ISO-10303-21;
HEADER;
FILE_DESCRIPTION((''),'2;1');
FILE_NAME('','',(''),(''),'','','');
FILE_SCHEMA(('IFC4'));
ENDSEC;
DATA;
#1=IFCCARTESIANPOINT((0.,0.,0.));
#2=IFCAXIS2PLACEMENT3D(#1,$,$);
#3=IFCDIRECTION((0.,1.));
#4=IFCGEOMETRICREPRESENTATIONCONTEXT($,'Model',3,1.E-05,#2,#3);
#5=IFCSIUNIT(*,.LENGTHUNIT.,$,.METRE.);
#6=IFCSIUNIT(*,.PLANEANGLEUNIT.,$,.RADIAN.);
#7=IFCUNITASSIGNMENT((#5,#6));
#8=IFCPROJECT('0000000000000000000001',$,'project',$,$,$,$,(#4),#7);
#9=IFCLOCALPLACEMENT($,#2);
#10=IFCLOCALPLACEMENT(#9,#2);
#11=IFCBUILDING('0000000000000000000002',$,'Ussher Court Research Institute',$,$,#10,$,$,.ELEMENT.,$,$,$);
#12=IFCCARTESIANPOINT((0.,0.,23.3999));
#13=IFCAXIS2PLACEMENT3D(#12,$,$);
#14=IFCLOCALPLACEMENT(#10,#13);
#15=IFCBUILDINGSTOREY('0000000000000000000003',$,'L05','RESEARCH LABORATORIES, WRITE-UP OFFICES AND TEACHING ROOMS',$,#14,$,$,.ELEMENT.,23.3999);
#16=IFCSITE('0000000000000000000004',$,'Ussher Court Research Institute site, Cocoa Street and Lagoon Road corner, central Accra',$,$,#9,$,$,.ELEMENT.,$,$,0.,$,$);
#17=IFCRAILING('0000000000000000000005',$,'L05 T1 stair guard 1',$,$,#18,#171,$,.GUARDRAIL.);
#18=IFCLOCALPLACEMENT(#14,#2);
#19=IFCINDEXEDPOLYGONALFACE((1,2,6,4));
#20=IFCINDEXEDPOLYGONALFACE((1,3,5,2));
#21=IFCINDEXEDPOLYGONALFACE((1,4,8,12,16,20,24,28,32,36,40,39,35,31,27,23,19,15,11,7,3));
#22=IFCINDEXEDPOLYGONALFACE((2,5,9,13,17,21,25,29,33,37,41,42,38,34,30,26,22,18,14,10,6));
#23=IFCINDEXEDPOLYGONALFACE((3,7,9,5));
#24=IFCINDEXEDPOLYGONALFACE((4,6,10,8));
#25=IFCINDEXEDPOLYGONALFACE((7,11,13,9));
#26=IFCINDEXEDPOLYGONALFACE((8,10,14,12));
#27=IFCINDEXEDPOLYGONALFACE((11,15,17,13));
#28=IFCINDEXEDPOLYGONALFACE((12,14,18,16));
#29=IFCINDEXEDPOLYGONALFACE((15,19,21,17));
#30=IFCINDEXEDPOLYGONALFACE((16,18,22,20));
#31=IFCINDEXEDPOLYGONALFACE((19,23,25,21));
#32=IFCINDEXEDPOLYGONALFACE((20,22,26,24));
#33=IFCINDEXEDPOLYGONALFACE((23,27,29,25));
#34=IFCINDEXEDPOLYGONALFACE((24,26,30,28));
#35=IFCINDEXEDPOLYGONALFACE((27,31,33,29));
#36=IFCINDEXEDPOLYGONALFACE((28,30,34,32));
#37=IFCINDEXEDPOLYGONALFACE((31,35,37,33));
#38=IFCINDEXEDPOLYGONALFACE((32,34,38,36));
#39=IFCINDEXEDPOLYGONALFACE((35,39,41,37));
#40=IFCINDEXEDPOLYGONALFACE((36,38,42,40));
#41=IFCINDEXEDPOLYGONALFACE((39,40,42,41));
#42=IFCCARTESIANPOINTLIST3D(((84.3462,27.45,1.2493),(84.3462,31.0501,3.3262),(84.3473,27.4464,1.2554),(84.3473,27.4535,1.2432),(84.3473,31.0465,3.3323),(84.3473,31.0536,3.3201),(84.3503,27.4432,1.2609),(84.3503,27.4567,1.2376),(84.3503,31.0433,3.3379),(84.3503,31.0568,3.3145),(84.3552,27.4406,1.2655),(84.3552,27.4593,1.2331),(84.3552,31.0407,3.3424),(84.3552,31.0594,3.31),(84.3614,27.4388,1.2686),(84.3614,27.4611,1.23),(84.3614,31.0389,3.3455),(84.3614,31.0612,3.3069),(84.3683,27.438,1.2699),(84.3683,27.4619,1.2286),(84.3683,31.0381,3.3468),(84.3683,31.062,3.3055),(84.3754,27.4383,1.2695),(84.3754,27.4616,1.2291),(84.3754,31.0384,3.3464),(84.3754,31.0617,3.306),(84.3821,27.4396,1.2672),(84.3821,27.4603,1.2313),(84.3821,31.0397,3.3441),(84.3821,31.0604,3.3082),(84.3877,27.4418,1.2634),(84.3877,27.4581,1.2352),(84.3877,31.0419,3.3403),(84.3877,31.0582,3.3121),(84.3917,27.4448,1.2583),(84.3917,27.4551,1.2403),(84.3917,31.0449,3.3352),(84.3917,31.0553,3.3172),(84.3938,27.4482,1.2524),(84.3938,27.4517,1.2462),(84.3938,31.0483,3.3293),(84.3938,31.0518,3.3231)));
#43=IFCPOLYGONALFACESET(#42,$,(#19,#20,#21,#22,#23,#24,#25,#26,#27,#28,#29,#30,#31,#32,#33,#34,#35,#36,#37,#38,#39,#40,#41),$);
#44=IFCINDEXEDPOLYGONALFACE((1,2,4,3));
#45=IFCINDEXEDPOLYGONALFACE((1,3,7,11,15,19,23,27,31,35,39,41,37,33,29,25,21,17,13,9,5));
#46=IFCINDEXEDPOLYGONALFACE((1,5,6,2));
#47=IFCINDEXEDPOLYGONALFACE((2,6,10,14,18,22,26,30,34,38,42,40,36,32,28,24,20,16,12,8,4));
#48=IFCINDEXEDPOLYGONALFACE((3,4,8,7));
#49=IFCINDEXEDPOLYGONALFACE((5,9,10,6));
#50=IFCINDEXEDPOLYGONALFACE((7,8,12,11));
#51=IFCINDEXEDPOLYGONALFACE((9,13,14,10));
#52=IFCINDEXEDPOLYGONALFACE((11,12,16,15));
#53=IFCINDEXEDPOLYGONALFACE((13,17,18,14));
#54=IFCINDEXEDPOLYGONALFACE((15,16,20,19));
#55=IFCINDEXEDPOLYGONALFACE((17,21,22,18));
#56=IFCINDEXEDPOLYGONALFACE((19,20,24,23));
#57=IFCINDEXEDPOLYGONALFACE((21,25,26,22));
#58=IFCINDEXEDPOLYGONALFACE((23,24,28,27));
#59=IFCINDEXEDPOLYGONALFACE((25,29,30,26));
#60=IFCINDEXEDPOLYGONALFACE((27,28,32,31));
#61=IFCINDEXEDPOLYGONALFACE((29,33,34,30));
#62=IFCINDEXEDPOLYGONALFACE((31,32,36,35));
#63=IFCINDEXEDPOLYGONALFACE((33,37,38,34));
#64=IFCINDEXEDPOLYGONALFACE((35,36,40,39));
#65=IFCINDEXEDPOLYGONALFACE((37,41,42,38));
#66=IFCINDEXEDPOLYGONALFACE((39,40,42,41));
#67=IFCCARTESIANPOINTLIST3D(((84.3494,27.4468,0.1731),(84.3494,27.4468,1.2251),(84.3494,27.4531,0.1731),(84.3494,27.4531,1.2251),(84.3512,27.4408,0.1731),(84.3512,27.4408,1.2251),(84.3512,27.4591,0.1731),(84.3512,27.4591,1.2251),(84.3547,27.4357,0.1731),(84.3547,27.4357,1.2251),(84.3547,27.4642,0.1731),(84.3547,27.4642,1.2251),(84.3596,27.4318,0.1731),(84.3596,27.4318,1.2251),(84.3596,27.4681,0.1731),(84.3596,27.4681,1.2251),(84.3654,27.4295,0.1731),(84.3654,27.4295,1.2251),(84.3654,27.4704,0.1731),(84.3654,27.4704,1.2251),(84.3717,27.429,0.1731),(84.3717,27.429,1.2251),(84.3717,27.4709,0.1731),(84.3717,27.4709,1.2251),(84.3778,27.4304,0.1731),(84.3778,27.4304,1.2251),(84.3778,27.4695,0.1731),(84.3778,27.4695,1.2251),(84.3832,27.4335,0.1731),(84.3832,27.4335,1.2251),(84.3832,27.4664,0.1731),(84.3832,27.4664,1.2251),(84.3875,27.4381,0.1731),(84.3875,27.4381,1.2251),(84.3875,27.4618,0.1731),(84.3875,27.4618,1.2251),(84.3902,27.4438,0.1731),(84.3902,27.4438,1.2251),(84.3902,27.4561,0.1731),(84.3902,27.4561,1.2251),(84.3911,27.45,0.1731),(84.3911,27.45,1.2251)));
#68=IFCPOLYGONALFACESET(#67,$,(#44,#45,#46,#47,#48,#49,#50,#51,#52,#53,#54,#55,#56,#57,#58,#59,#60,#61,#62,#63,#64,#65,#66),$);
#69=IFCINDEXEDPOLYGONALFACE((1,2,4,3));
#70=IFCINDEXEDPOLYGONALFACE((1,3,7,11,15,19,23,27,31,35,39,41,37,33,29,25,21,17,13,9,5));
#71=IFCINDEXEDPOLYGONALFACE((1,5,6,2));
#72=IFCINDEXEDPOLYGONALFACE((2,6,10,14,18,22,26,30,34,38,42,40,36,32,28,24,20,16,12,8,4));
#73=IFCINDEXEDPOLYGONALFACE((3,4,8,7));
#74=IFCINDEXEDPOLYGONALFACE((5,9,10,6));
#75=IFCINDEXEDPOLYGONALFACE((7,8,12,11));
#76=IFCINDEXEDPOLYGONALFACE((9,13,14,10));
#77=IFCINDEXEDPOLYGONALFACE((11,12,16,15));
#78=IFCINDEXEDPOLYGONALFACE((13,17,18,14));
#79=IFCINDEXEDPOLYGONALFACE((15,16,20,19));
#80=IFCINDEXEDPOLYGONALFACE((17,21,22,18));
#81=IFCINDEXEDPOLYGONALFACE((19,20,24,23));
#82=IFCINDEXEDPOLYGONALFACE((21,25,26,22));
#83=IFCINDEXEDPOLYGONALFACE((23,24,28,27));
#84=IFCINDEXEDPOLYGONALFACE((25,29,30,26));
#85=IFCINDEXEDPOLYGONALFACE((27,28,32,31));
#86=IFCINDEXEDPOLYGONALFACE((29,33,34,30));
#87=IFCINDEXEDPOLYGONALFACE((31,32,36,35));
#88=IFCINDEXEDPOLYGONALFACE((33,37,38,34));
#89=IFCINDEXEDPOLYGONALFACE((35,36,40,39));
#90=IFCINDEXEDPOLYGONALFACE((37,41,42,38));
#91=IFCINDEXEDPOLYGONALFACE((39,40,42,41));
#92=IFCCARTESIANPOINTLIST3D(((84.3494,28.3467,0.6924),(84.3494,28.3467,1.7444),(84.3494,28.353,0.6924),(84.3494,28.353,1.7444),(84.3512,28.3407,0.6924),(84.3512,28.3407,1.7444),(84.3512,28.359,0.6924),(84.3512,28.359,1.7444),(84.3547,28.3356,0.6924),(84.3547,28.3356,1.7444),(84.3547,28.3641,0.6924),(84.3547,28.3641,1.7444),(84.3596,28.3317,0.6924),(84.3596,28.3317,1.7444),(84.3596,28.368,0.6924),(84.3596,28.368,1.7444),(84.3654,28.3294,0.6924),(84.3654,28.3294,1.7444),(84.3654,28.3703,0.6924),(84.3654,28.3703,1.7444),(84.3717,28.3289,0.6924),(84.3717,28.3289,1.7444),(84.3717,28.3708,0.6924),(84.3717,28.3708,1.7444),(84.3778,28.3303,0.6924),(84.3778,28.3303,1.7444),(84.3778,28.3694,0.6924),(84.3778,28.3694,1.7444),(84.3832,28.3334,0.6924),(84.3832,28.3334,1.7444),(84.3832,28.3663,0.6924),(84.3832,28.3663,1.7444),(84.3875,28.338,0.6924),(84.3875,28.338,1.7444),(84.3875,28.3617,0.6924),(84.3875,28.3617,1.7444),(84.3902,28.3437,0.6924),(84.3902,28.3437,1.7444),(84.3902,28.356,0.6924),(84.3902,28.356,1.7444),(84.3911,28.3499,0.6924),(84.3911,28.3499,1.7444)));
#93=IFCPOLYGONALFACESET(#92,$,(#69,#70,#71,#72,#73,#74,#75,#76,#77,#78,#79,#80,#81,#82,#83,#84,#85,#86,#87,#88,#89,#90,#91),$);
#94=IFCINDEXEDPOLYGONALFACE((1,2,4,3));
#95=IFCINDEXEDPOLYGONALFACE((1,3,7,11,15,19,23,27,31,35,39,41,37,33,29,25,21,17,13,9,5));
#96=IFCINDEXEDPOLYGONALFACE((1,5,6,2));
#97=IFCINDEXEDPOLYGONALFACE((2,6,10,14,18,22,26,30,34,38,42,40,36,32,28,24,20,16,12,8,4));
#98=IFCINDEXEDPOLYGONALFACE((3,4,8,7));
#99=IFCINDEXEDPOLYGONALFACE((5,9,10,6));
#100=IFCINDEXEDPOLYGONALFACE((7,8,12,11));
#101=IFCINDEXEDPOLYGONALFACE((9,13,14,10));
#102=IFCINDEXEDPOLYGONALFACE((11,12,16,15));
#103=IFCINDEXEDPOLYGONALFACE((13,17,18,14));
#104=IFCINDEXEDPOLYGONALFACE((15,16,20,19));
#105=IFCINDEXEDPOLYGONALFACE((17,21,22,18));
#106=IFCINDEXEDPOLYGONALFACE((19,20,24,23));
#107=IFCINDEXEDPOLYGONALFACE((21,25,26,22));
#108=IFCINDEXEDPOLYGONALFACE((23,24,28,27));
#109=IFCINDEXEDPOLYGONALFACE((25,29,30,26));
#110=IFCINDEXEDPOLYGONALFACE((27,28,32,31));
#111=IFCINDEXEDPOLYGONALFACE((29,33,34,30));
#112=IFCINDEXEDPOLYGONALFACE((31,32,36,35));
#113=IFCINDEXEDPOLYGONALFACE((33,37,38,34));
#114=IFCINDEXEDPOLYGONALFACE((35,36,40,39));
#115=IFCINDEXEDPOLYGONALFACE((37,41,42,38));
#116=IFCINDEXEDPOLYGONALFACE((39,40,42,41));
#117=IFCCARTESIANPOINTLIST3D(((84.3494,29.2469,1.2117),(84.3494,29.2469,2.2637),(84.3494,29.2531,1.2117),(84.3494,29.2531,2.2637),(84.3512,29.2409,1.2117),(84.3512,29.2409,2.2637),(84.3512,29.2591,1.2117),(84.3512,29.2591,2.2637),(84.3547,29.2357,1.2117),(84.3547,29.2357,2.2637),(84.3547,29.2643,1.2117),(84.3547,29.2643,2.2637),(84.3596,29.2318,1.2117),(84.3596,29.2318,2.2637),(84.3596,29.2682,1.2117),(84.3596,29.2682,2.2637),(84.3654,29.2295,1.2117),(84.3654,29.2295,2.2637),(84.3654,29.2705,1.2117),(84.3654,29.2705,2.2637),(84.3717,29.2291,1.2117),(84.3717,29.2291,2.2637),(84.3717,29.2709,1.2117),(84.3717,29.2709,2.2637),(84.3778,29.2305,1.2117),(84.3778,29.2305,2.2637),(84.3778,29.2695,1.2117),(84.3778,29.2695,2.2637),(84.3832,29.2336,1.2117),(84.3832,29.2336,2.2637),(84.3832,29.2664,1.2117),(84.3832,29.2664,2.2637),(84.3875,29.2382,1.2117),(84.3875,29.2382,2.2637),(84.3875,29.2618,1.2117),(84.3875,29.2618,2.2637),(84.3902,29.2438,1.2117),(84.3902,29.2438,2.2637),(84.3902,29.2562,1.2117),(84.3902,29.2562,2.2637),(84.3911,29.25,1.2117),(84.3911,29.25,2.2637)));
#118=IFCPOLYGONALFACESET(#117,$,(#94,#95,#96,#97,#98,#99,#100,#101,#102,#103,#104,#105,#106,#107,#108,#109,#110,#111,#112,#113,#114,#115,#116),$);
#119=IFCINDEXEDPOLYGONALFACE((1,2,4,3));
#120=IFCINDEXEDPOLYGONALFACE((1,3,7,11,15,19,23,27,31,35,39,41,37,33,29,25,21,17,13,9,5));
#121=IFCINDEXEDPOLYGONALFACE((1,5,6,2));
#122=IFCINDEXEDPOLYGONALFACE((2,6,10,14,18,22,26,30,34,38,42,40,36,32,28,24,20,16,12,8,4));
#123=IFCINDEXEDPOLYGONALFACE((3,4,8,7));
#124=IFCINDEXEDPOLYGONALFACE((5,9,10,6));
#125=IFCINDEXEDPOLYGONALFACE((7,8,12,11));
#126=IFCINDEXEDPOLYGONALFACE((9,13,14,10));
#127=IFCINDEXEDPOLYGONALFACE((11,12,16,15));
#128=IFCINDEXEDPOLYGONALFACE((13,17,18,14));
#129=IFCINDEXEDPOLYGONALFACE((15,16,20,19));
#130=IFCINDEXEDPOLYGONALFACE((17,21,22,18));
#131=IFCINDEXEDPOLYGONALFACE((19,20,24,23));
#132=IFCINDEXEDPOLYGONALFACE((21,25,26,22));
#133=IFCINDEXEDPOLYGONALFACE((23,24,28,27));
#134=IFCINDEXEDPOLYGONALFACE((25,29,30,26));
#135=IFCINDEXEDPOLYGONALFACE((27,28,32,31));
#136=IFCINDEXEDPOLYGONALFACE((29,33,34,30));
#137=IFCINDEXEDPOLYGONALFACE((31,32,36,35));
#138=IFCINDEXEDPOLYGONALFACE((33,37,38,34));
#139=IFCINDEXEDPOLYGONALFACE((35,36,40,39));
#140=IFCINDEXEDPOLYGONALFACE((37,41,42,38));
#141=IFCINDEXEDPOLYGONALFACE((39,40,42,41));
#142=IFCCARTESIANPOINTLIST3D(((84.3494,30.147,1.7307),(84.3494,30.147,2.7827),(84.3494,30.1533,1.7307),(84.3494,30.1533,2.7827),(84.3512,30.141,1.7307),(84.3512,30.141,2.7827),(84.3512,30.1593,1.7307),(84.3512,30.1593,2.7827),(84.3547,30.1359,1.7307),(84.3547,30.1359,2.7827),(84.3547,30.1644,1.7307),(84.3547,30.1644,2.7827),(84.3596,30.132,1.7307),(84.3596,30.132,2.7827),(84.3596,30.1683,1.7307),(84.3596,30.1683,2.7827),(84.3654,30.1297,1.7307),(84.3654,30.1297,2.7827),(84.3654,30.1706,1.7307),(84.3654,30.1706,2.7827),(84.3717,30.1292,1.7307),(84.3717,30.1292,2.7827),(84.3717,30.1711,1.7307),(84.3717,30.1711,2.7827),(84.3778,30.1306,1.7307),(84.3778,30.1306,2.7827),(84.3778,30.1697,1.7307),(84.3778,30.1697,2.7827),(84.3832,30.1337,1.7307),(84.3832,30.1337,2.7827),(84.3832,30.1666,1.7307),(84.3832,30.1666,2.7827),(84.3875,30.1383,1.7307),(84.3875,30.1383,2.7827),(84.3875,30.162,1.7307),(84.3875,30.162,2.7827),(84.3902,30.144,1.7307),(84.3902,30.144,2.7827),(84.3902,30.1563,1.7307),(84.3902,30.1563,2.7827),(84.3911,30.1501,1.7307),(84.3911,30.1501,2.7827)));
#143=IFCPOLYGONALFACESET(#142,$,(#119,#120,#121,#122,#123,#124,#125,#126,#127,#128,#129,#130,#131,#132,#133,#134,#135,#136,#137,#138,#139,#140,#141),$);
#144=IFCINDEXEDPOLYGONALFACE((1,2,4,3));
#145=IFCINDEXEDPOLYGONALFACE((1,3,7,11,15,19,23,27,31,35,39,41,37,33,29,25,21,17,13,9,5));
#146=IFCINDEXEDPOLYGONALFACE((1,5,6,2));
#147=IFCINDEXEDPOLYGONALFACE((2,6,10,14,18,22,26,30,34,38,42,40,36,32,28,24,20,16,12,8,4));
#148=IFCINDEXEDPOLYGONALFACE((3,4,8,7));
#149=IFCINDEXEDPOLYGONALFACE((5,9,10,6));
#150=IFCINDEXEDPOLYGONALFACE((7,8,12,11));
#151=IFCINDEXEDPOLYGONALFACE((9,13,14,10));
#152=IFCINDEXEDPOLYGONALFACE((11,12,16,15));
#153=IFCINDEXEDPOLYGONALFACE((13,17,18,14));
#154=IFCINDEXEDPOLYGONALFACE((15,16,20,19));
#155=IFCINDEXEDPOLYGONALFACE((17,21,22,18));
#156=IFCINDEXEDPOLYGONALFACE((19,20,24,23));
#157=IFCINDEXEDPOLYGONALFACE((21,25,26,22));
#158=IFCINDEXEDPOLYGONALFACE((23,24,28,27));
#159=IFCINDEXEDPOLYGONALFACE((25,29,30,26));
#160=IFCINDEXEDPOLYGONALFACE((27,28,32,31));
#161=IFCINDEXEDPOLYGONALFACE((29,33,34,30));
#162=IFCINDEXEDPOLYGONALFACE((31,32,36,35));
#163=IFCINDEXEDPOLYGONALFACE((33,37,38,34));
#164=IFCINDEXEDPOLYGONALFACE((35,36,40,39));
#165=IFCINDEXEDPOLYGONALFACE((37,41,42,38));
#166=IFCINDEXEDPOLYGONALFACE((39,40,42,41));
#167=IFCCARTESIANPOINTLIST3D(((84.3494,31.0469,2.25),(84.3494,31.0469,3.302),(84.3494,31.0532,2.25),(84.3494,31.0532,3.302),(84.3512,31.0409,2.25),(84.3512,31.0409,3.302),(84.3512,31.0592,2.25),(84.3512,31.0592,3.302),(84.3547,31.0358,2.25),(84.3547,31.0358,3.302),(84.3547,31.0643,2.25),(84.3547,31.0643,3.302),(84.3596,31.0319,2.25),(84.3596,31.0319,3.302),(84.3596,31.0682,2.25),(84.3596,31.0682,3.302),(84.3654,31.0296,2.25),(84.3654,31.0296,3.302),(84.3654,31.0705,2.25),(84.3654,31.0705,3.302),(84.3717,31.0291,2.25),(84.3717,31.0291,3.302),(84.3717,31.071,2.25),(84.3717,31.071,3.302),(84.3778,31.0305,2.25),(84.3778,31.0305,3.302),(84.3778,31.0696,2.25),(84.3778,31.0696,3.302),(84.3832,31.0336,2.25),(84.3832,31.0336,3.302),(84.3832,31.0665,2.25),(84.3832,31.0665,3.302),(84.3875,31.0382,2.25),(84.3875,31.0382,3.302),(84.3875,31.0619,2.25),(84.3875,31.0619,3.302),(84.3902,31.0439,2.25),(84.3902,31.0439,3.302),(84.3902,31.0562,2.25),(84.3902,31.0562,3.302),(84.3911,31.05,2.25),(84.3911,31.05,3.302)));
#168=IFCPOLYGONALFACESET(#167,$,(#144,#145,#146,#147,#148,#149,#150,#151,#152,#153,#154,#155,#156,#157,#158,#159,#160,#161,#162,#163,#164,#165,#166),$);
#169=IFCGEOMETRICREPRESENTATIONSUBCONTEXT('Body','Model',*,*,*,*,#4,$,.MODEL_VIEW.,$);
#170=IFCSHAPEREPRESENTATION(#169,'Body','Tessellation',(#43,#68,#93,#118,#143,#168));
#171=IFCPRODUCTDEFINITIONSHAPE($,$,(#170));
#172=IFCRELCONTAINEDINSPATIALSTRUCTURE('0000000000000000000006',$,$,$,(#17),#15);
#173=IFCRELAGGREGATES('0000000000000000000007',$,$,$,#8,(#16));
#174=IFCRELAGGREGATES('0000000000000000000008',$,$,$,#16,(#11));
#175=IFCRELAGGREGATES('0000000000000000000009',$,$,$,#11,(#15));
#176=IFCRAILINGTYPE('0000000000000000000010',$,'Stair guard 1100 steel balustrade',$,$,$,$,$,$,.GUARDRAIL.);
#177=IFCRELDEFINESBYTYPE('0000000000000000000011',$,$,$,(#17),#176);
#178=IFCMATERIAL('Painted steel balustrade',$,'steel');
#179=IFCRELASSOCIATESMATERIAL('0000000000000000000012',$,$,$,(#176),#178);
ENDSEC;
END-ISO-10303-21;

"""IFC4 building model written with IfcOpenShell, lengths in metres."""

from ifc_helpers import new_model, si_unit, direction, frame, origin, origin_2d, place, context, subcontext, project, spatial, circle, extrude, material, type_object, element, save


model = new_model("IFC4")

# Units and contexts
model_context = context("Model", 3, precision=1e-05, world=origin(), true_north=direction((0.0, 1.0)))
body_context = subcontext(model_context, "Body", "Model", "MODEL_VIEW")
ifc_project = project(units=[si_unit("LENGTHUNIT", "METRE"), si_unit("PLANEANGLEUNIT", "RADIAN")], contexts=[model_context])

# Site, building, storey
site_placement = place(None, origin())
site = spatial("IfcSite", under=ifc_project, at=site_placement, Name="Ussher Court Research Institute site, Cocoa Street and Lagoon Road corner, central Accra", CompositionType="ELEMENT", RefElevation=0.0)
building_placement = place(site_placement, origin())
building = spatial("IfcBuilding", under=site, at=building_placement, Name="Ussher Court Research Institute", CompositionType="ELEMENT")
storey_placement = place(building_placement, frame((0.0, 0.0, 23.3999)))
storey = spatial("IfcBuildingStorey", under=building, at=storey_placement, Name="L05", Description="RESEARCH LABORATORIES, WRITE-UP OFFICES AND TEACHING ROOMS", CompositionType="ELEMENT", Elevation=23.3999)

# Railing
ifc_material_1 = material(Name="Painted steel balustrade", Category="steel")
railing_type_1 = type_object("IfcRailingType", Name="Stair guard 1100 steel balustrade", PredefinedType="GUARDRAIL", material=ifc_material_1)
railing_1_placement = place(storey_placement, frame((84.3701, 27.45, 0.1731)))
element("IfcRailing", 1, at=railing_1_placement, inside=storey, type_object=railing_type_1, Name="L05 T1 stair guard 1", PredefinedType="GUARDRAIL", context=body_context, shape_type="SweptSolid", body=[
    extrude(circle(Radius=0.0239, at=origin_2d()), frame((0.0, 0.0, 1.0762), z_axis=(0.0, 0.866193, 0.499709), x_axis=(-1.0, 0.0, 0.0)), (0.0, 0.0, 1.0), 4.1562),
    extrude(circle(Radius=0.021, at=origin_2d()), origin(), (0.0, 0.0, 1.0), 1.052),
    extrude(circle(Radius=0.021, at=origin_2d()), frame((0.0, 0.8999, 0.5193)), (0.0, 0.0, 1.0), 1.052),
    extrude(circle(Radius=0.021, at=origin_2d()), frame((0.0, 1.8, 1.0386)), (0.0, 0.0, 1.0), 1.052),
    extrude(circle(Radius=0.021, at=origin_2d()), frame((0.0, 2.7002, 1.5576)), (0.0, 0.0, 1.0), 1.052),
    extrude(circle(Radius=0.021, at=origin_2d()), frame((0.0, 3.6001, 2.0769)), (0.0, 0.0, 1.0), 1.052),
])

save(model, "model.ifc")
